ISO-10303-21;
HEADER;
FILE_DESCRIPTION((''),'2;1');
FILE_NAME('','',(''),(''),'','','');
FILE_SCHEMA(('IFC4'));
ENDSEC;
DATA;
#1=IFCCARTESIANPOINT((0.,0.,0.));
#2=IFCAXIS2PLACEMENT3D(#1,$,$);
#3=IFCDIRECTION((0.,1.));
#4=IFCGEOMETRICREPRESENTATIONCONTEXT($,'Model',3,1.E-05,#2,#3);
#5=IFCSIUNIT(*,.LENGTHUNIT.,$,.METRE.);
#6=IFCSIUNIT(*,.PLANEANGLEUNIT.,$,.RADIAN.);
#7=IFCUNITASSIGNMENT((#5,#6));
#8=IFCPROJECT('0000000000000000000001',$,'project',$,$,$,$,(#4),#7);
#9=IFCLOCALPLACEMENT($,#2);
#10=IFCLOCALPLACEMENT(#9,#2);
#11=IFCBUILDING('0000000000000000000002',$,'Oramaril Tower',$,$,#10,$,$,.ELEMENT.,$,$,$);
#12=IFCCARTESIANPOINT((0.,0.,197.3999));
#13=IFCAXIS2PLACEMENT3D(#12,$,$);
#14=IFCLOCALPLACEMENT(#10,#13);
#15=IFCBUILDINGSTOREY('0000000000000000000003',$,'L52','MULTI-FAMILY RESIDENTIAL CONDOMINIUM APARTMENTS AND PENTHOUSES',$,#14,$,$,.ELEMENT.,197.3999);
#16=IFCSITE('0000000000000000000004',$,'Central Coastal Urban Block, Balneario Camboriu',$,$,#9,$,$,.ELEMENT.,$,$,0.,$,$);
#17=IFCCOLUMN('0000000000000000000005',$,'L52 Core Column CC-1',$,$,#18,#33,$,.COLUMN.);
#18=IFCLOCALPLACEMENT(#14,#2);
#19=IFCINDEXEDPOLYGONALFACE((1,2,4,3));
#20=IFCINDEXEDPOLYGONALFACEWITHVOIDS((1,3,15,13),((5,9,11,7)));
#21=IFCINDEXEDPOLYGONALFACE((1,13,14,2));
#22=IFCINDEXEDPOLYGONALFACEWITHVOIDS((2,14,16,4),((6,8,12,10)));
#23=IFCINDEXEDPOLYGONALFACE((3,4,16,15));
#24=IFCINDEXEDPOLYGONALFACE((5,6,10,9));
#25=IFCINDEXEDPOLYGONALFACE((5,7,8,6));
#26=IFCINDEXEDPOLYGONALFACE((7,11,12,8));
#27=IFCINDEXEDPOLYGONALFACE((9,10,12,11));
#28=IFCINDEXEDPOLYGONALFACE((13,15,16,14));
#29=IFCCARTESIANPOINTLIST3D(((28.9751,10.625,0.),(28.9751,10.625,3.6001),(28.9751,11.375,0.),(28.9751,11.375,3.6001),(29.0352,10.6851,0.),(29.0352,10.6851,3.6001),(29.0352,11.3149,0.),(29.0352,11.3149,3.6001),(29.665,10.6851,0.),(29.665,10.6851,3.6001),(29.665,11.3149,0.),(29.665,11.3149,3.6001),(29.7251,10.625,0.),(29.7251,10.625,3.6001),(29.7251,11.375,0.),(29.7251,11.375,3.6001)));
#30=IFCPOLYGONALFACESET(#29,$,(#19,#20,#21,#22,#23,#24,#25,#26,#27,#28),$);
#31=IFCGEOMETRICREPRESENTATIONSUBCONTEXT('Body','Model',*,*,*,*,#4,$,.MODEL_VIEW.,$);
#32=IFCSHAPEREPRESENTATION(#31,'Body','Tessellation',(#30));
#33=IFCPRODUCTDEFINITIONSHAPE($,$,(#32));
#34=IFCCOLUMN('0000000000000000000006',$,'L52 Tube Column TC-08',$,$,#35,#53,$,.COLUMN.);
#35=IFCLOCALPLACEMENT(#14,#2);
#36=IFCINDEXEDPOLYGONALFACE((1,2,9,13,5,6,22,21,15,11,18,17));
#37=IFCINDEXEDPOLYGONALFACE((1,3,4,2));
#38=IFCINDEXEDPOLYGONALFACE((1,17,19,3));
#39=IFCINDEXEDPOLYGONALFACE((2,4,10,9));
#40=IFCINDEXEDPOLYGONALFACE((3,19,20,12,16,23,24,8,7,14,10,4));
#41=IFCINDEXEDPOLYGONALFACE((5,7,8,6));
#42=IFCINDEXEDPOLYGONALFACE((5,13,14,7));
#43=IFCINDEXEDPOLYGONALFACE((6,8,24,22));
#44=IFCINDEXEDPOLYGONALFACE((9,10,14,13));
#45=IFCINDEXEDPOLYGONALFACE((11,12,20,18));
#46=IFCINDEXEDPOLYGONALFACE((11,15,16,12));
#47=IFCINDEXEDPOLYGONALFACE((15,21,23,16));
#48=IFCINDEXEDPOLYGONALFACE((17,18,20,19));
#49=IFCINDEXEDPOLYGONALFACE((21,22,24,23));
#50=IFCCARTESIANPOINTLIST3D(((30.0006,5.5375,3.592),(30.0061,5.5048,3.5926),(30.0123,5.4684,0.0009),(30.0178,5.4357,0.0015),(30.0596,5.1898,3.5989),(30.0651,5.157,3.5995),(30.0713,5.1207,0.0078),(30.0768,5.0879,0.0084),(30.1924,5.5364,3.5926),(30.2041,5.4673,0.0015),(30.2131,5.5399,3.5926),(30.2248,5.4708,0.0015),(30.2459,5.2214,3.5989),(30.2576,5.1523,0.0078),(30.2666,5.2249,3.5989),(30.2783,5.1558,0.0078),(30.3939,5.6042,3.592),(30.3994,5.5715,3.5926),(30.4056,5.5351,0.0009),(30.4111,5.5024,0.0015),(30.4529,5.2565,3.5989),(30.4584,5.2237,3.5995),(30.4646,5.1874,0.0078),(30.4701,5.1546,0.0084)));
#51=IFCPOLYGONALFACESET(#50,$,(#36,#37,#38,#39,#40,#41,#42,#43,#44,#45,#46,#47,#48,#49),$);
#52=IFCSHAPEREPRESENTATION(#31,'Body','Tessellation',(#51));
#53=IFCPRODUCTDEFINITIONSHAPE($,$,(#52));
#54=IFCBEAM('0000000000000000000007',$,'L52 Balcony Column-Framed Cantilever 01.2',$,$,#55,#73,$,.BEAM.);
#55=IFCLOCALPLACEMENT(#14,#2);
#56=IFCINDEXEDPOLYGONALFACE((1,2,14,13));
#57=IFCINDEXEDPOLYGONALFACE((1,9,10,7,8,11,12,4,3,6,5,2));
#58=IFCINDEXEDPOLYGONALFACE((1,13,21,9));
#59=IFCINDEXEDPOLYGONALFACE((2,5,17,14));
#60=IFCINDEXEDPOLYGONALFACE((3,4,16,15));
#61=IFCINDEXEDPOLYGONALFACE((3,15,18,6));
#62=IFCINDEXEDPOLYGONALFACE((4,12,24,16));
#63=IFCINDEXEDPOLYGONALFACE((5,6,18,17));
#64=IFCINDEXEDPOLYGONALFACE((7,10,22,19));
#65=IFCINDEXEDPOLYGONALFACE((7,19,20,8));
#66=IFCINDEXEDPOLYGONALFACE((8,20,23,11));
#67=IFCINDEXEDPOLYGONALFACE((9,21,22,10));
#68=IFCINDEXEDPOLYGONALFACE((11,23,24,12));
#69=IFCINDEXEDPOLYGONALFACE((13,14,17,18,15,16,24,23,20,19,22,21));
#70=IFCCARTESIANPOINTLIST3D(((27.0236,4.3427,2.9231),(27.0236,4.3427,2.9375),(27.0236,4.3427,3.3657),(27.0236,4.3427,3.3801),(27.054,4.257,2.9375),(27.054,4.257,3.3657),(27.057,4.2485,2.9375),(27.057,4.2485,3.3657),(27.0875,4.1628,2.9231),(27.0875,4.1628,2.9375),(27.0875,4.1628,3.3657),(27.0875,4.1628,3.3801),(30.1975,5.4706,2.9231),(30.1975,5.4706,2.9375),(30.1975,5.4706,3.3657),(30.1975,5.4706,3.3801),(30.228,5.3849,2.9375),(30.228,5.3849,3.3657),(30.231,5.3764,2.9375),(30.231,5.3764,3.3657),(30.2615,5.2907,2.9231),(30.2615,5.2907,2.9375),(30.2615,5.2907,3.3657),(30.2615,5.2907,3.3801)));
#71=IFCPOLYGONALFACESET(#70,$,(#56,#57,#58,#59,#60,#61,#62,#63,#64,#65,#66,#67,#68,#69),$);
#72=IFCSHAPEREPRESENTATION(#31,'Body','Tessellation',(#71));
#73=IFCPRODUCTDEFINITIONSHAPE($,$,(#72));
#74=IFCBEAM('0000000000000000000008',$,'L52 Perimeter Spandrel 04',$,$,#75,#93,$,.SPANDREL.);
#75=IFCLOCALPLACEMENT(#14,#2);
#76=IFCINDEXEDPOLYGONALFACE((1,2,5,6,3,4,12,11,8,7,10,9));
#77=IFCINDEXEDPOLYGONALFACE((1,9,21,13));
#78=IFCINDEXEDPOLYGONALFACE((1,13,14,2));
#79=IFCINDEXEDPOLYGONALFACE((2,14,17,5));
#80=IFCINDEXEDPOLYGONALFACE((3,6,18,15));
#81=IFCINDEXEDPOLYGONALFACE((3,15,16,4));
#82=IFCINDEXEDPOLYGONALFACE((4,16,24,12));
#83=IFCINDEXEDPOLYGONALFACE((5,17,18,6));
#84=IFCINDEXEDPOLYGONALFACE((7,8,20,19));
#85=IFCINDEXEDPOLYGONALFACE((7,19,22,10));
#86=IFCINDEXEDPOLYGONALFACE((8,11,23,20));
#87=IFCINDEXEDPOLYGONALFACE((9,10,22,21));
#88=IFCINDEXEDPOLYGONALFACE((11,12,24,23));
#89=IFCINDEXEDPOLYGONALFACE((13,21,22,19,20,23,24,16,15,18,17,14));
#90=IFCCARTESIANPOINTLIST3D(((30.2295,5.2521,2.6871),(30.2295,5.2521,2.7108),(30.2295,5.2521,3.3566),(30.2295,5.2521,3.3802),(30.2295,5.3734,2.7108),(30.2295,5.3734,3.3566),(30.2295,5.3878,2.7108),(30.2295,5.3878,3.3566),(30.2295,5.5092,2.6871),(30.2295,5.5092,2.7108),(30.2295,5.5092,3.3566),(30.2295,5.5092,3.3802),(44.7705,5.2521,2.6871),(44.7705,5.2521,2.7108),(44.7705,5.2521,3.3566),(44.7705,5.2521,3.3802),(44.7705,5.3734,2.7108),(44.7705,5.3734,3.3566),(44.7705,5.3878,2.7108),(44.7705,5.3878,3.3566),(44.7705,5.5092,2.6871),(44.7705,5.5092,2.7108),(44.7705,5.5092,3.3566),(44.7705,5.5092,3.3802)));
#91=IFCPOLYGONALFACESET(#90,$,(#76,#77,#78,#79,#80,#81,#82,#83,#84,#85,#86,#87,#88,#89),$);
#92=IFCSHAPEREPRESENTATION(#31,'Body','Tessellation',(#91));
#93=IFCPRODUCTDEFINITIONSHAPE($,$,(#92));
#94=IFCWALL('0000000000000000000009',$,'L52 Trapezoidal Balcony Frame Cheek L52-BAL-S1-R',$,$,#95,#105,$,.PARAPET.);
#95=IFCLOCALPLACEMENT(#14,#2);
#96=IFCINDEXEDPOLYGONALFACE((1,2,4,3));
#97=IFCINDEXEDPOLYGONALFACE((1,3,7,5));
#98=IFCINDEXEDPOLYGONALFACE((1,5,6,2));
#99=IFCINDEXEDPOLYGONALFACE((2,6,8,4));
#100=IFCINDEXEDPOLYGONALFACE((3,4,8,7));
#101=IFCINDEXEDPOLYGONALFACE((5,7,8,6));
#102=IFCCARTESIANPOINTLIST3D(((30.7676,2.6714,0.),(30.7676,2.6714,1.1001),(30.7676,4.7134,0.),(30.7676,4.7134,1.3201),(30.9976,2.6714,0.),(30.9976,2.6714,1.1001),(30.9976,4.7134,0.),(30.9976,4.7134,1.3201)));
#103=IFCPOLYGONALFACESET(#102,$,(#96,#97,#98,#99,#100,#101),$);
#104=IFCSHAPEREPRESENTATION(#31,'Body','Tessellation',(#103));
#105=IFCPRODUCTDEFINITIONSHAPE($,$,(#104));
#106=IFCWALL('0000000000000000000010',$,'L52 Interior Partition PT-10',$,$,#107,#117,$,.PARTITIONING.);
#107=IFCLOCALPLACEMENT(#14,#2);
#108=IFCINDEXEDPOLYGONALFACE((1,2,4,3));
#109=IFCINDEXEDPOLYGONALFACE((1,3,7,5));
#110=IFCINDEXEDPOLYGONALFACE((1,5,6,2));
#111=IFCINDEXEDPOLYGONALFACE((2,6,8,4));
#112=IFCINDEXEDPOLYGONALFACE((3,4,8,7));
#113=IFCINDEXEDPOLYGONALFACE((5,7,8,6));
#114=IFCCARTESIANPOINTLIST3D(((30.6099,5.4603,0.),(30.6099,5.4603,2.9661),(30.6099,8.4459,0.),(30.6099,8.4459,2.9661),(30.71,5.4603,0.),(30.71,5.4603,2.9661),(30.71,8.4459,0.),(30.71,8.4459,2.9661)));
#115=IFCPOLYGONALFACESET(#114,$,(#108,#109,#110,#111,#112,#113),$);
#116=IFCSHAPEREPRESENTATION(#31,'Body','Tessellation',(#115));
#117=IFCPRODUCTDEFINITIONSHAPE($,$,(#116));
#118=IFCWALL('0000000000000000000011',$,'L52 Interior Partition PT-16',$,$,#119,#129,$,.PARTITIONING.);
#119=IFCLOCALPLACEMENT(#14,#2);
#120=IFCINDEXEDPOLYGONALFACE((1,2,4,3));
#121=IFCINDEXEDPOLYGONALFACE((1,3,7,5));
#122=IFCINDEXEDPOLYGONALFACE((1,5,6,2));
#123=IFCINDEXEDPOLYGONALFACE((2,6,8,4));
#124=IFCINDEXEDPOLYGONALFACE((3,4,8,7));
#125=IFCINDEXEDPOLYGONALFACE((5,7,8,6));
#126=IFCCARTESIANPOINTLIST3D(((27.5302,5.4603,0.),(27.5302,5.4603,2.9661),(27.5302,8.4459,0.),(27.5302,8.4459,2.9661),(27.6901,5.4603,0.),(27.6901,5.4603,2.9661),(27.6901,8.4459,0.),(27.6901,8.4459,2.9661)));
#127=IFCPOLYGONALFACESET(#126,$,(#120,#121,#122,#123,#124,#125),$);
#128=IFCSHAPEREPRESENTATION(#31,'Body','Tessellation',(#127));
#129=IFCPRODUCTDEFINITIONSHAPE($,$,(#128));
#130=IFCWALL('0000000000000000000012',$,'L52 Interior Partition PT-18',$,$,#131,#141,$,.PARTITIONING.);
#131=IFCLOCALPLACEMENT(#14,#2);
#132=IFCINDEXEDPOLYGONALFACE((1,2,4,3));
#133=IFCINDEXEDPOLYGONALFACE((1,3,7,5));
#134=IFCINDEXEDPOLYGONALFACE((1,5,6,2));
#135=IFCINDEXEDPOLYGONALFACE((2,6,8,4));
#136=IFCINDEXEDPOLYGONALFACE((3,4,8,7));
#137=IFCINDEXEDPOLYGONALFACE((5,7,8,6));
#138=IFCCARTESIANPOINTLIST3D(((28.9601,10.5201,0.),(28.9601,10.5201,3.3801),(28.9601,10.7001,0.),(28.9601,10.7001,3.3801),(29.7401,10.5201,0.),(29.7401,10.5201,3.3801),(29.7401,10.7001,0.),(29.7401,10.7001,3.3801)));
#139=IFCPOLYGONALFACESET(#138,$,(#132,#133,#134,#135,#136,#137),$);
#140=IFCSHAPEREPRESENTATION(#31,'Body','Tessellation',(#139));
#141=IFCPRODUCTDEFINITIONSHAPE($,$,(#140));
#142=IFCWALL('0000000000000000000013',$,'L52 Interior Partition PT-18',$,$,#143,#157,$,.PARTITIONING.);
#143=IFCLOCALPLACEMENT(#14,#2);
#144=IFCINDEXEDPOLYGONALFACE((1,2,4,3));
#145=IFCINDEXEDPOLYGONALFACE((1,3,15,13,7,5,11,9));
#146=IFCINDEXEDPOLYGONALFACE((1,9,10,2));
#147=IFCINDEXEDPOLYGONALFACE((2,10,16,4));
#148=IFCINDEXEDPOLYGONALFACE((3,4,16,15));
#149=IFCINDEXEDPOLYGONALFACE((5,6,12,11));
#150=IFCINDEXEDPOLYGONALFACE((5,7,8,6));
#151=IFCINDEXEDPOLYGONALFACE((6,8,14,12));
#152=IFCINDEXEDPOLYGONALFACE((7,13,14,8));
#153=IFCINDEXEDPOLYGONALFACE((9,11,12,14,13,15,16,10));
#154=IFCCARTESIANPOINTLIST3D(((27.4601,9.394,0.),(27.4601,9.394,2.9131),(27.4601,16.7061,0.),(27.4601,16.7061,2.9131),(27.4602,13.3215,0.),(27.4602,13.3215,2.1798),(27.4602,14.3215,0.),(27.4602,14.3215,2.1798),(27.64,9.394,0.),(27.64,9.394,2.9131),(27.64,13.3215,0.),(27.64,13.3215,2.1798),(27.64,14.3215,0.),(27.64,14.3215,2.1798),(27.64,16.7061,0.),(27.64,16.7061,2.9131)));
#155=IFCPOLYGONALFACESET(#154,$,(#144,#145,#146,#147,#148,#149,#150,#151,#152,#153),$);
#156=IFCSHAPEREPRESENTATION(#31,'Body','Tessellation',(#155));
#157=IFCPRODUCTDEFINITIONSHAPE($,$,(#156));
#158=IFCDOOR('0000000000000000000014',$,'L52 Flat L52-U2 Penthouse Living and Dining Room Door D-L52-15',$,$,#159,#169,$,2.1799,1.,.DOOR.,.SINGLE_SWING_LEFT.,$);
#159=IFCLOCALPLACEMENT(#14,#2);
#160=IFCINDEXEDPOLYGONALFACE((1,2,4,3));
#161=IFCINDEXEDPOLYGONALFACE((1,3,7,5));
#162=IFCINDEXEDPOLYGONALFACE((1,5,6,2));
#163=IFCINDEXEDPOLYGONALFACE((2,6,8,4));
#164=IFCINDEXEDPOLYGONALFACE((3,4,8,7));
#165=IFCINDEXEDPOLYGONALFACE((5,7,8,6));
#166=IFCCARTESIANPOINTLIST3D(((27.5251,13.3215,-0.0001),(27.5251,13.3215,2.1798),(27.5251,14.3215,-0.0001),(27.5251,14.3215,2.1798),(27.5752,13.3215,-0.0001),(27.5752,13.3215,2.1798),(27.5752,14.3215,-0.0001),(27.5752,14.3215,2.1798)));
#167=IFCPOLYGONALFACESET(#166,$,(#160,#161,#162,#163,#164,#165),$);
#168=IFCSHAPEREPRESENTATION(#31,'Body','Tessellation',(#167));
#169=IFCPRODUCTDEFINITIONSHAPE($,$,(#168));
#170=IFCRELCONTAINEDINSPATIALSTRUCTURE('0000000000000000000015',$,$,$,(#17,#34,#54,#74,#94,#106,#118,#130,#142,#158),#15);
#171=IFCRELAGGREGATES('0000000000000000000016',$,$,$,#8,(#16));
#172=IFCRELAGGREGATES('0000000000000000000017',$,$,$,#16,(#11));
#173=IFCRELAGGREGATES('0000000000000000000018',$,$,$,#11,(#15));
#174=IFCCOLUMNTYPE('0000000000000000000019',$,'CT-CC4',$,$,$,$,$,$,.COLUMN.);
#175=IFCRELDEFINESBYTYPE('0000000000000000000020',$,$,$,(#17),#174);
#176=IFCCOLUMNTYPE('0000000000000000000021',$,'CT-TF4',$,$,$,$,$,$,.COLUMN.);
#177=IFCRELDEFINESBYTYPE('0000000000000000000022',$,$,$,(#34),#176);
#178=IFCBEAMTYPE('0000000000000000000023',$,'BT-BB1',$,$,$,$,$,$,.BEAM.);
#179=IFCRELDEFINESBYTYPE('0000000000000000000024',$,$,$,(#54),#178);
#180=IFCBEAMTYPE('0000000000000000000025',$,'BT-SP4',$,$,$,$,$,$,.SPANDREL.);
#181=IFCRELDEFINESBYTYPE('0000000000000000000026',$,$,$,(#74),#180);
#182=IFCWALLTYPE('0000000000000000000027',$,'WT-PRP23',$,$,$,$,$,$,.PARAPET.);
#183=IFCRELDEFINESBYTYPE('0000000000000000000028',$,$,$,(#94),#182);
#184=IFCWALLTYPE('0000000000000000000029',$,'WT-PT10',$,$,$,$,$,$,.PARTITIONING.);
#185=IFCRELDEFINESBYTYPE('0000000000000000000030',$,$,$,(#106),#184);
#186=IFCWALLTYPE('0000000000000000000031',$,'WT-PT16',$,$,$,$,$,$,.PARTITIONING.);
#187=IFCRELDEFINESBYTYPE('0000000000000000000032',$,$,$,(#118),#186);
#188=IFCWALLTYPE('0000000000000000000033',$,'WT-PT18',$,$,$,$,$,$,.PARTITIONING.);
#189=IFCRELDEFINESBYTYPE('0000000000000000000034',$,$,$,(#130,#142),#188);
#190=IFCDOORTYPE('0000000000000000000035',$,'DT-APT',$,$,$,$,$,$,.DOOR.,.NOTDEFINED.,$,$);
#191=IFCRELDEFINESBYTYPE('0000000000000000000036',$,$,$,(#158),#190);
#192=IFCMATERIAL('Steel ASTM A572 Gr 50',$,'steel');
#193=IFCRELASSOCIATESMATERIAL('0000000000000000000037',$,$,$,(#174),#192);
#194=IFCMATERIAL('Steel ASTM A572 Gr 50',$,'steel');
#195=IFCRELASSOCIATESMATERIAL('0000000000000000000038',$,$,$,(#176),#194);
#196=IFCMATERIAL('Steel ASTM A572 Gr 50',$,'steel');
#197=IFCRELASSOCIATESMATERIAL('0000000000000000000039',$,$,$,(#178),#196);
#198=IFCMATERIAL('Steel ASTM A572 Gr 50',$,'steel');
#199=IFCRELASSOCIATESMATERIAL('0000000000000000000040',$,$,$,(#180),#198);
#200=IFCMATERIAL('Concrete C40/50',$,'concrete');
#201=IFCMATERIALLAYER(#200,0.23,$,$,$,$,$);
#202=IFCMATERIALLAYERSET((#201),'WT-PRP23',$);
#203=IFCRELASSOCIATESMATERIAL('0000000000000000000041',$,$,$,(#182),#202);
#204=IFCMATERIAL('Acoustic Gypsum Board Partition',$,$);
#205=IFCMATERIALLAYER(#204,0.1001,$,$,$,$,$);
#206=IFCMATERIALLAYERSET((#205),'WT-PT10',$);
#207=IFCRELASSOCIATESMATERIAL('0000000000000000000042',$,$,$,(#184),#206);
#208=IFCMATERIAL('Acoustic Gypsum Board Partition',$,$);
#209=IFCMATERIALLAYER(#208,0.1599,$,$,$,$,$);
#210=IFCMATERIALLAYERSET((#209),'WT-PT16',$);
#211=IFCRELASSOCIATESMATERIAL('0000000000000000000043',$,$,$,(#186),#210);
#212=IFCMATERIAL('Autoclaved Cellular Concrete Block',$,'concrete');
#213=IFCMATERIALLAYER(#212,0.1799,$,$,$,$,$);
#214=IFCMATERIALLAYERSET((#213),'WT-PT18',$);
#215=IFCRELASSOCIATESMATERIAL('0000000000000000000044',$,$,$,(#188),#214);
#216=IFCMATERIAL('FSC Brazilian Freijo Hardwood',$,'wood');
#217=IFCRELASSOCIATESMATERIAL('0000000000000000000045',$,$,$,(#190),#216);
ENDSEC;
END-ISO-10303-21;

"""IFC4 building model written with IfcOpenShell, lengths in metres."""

from ifc_helpers import new_model, si_unit, direction, frame, frame_2d, origin, origin_2d, place, context, subcontext, project, spatial, polyline, rectangle, hollow_rectangle, i_section, outline, extrude, material, layer, layer_set, material_profile, profile_set, type_object, element, fill, save


model = new_model("IFC4")

# Units and contexts
model_context = context("Model", 3, precision=1e-05, world=origin(), true_north=direction((0.0, 1.0)))
body_context = subcontext(model_context, "Body", "Model", "MODEL_VIEW")
ifc_project = project(units=[si_unit("LENGTHUNIT", "METRE"), si_unit("PLANEANGLEUNIT", "RADIAN")], contexts=[model_context])

# Site, building, storey
site_placement = place(None, origin())
site = spatial("IfcSite", under=ifc_project, at=site_placement, Name="Central Coastal Urban Block, Balneario Camboriu", CompositionType="ELEMENT", RefElevation=0.0)
building_placement = place(site_placement, origin())
building = spatial("IfcBuilding", under=site, at=building_placement, Name="Oramaril Tower", CompositionType="ELEMENT")
storey_placement = place(building_placement, frame((0.0, 0.0, 197.3999)))
storey = spatial("IfcBuildingStorey", under=building, at=storey_placement, Name="L52", Description="MULTI-FAMILY RESIDENTIAL CONDOMINIUM APARTMENTS AND PENTHOUSES", CompositionType="ELEMENT", Elevation=197.3999)

# Columns
ifc_material_1 = material(Name="Steel ASTM A572 Gr 50", Category="steel")
ifc_material_profile_1 = material_profile(ifc_material_1, hollow_rectangle(XDim=0.75, YDim=0.75, WallThickness=0.0601, at=origin_2d()), Name="BOX750X750X60")
ifc_profile_set_1 = profile_set([ifc_material_profile_1], Name="Steel ASTM A572 Gr 50")
column_type_1 = type_object("IfcColumnType", Name="CT-CC4", PredefinedType="COLUMN", material=ifc_profile_set_1)
column_1_placement = place(storey_placement, frame((29.3501, 11.0, 0.0), z_axis=(0.0, 0.0, 1.0), x_axis=(1.0, 0.0, 0.0)))
element("IfcColumn", 1, at=column_1_placement, inside=storey, type_object=column_type_1, Name="L52 Core Column CC-1", PredefinedType="COLUMN", context=body_context, shape_type="SweptSolid", body=[
    extrude(hollow_rectangle(XDim=0.75, YDim=0.75, WallThickness=0.0601, at=origin_2d()), origin(), (0.0, 0.0, 1.0), 3.6001),
])
ifc_material_2 = material(Name="Steel ASTM A572 Gr 50", Category="steel")
ifc_material_profile_2 = material_profile(ifc_material_2, i_section(OverallWidth=0.3989, OverallDepth=0.386, WebThickness=0.021, FlangeThickness=0.0332, at=origin_2d()), Name="W14X176")
ifc_profile_set_2 = profile_set([ifc_material_profile_2], Name="Steel ASTM A572 Gr 50")
column_type_2 = type_object("IfcColumnType", Name="CT-TF4", PredefinedType="COLUMN", material=ifc_profile_set_2)
column_2_placement = place(storey_placement, frame((30.2412, 5.3115, 0.0046), z_axis=(-0.003263, 0.019236, 0.99981), x_axis=(-0.985919, -0.167223, 0.0)))
element("IfcColumn", 2, at=column_2_placement, inside=storey, type_object=column_type_2, Name="L52 Tube Column TC-08", PredefinedType="COLUMN", context=body_context, shape_type="SweptSolid", body=[
    extrude(i_section(OverallWidth=0.3989, OverallDepth=0.386, WebThickness=0.021, FlangeThickness=0.0332, at=origin_2d()), origin(), (0.0, 0.0, 1.0), 3.5918),
])

# Beams
ifc_material_3 = material(Name="Steel ASTM A572 Gr 50", Category="steel")
ifc_material_profile_3 = material_profile(ifc_material_3, i_section(OverallWidth=0.1909, OverallDepth=0.457, WebThickness=0.009, FlangeThickness=0.0144, at=origin_2d()), Name="W18X50")
ifc_profile_set_3 = profile_set([ifc_material_profile_3], Name="Steel ASTM A572 Gr 50")
beam_type_1 = type_object("IfcBeamType", Name="BT-BB1", PredefinedType="BEAM", material=ifc_profile_set_3)
beam_1_placement = place(storey_placement, frame((30.2295, 5.3806, 3.1516), z_axis=(-0.942274, -0.334844, 0.0), x_axis=(0.334844, -0.942274, 0.0)))
element("IfcBeam", 3, at=beam_1_placement, inside=storey, type_object=beam_type_1, Name="L52 Balcony Column-Framed Cantilever 01.2", PredefinedType="BEAM", context=body_context, shape_type="SweptSolid", body=[
    extrude(i_section(OverallWidth=0.1909, OverallDepth=0.457, WebThickness=0.009, FlangeThickness=0.0144, at=origin_2d()), origin(), (0.0, 0.0, 1.0), 3.3684),
])
ifc_material_4 = material(Name="Steel ASTM A572 Gr 50", Category="steel")
ifc_material_profile_4 = material_profile(ifc_material_4, i_section(OverallWidth=0.2571, OverallDepth=0.6931, WebThickness=0.0144, FlangeThickness=0.0237, at=origin_2d()), Name="W27X114")
ifc_profile_set_4 = profile_set([ifc_material_profile_4], Name="Steel ASTM A572 Gr 50")
beam_type_2 = type_object("IfcBeamType", Name="BT-SP4", PredefinedType="SPANDREL", material=ifc_profile_set_4)
beam_2_placement = place(storey_placement, frame((30.2295, 5.3806, 3.0337), z_axis=(1.0, 0.0, 0.0), x_axis=(0.0, 1.0, 0.0)))
element("IfcBeam", 4, at=beam_2_placement, inside=storey, type_object=beam_type_2, Name="L52 Perimeter Spandrel 04", PredefinedType="SPANDREL", context=body_context, shape_type="SweptSolid", body=[
    extrude(i_section(OverallWidth=0.2571, OverallDepth=0.6931, WebThickness=0.0144, FlangeThickness=0.0237, at=origin_2d()), origin(), (0.0, 0.0, 1.0), 14.541),
])

# Walls
ifc_material_5 = material(Name="Concrete C40/50", Category="concrete")
ifc_layer_1 = layer(ifc_material_5, 0.23)
ifc_layer_set_1 = layer_set([ifc_layer_1], Name="WT-PRP23")
wall_type_1 = type_object("IfcWallType", Name="WT-PRP23", PredefinedType="PARAPET", material=ifc_layer_set_1)
wall_1_placement = place(storey_placement, frame((30.8826, 4.7134, 0.0), z_axis=(0.0, 0.0, 1.0), x_axis=(0.0, -1.0, 0.0)))
element("IfcWall", 5, at=wall_1_placement, inside=storey, type_object=wall_type_1, Name="L52 Trapezoidal Balcony Frame Cheek L52-BAL-S1-R", PredefinedType="PARAPET", context=body_context, shape_type="SweptSolid", body=[
    extrude(outline(polyline([(0.0, 0.0), (2.042, 0.0), (2.042, 1.1001), (0.0, 1.3201), (0.0, 0.0)])), frame((0.0, 0.115, 0.0), z_axis=(0.0, -1.0, 0.0), x_axis=(1.0, 0.0, 0.0)), (0.0, 0.0, 1.0), 0.23),
])
ifc_material_6 = material(Name="Acoustic Gypsum Board Partition")
ifc_layer_2 = layer(ifc_material_6, 0.1001)
ifc_layer_set_2 = layer_set([ifc_layer_2], Name="WT-PT10")
wall_type_2 = type_object("IfcWallType", Name="WT-PT10", PredefinedType="PARTITIONING", material=ifc_layer_set_2)
wall_2_placement = place(storey_placement, frame((30.6599, 5.4604, 0.0), z_axis=(0.0, 0.0, 1.0), x_axis=(0.0, 1.0, 0.0)))
element("IfcWall", 6, at=wall_2_placement, inside=storey, type_object=wall_type_2, Name="L52 Interior Partition PT-10", PredefinedType="PARTITIONING", context=body_context, shape_type="SweptSolid", body=[
    extrude(rectangle(XDim=2.9856, YDim=0.1001, at=frame_2d((1.4927, 0.0))), origin(), (0.0, 0.0, 1.0), 2.9661),
])
ifc_material_7 = material(Name="Acoustic Gypsum Board Partition")
ifc_layer_3 = layer(ifc_material_7, 0.1599)
ifc_layer_set_3 = layer_set([ifc_layer_3], Name="WT-PT16")
wall_type_3 = type_object("IfcWallType", Name="WT-PT16", PredefinedType="PARTITIONING", material=ifc_layer_set_3)
wall_3_placement = place(storey_placement, frame((27.6101, 5.4604, 0.0), z_axis=(0.0, 0.0, 1.0), x_axis=(0.0, 1.0, 0.0)))
element("IfcWall", 7, at=wall_3_placement, inside=storey, type_object=wall_type_3, Name="L52 Interior Partition PT-16", PredefinedType="PARTITIONING", context=body_context, shape_type="SweptSolid", body=[
    extrude(rectangle(XDim=2.9856, YDim=0.1599, at=frame_2d((1.4927, 0.0))), origin(), (0.0, 0.0, 1.0), 2.9661),
])

# Shared definitions
ifc_material_8 = material(Name="Autoclaved Cellular Concrete Block", Category="concrete")
ifc_layer_4 = layer(ifc_material_8, 0.1799)
ifc_layer_set_4 = layer_set([ifc_layer_4], Name="WT-PT18")
wall_type_4 = type_object("IfcWallType", Name="WT-PT18", PredefinedType="PARTITIONING", material=ifc_layer_set_4)
ifc_material_9 = material(Name="FSC Brazilian Freijo Hardwood", Category="wood")
door_type_1 = type_object("IfcDoorType", Name="DT-APT", OperationType="NOTDEFINED", PredefinedType="DOOR", material=ifc_material_9)

# Wall
wall_4_placement = place(storey_placement, frame((28.96, 10.6101, 0.0), z_axis=(0.0, 0.0, 1.0), x_axis=(1.0, 0.0, 0.0)))
element("IfcWall", 8, at=wall_4_placement, inside=storey, type_object=wall_type_4, Name="L52 Interior Partition PT-18", PredefinedType="PARTITIONING", context=body_context, shape_type="SweptSolid", body=[
    extrude(rectangle(XDim=0.78, YDim=0.1799, at=frame_2d((0.3901, 0.0))), origin(), (0.0, 0.0, 1.0), 3.3801),
])

# Wall, opening, door
wall_5_placement = place(storey_placement, frame((27.55, 9.394, 0.0), z_axis=(0.0, 0.0, 1.0), x_axis=(0.0, 1.0, 0.0)))
wall_5 = element("IfcWall", 9, at=wall_5_placement, inside=storey, type_object=wall_type_4, Name="L52 Interior Partition PT-18", PredefinedType="PARTITIONING", context=body_context, shape_type="SweptSolid", body=[
    extrude(rectangle(XDim=7.312, YDim=0.1799, at=frame_2d((3.656, 0.0))), origin(), (0.0, 0.0, 1.0), 2.9131),
])
opening_1_placement = place(wall_5_placement, frame((3.9275, 0.0, 0.0)))
opening_1 = element("IfcOpeningElement", 10, at=opening_1_placement, cuts=wall_5, PredefinedType="OPENING", context=body_context, shape_type="SweptSolid", body=[
    extrude(rectangle(XDim=1.0, YDim=2.1799, at=frame_2d((0.5, 1.0898))), frame((0.0, 0.0898, 0.0), z_axis=(0.0, -1.0, 0.0), x_axis=(1.0, 0.0, 0.0)), (0.0, 0.0, 1.0), 0.1799),
])
door_1_placement = place(opening_1_placement, origin())
door_1 = element("IfcDoor", 11, at=door_1_placement, inside=storey, type_object=door_type_1, Name="L52 Flat L52-U2 Penthouse Living and Dining Room Door D-L52-15", OperationType="SINGLE_SWING_LEFT", OverallHeight=2.1799, OverallWidth=1.0, PredefinedType="DOOR", context=body_context, shape_type="SweptSolid", body=[
    extrude(rectangle(XDim=1.0, YDim=2.1799, at=frame_2d((0.5, 1.0898))), frame((0.0, 0.0249, 0.0), z_axis=(0.0, -1.0, 0.0), x_axis=(1.0, 0.0, 0.0)), (0.0, 0.0, 1.0), 0.05),
])
fill(opening_1, door_1)

save(model, "model.ifc")
